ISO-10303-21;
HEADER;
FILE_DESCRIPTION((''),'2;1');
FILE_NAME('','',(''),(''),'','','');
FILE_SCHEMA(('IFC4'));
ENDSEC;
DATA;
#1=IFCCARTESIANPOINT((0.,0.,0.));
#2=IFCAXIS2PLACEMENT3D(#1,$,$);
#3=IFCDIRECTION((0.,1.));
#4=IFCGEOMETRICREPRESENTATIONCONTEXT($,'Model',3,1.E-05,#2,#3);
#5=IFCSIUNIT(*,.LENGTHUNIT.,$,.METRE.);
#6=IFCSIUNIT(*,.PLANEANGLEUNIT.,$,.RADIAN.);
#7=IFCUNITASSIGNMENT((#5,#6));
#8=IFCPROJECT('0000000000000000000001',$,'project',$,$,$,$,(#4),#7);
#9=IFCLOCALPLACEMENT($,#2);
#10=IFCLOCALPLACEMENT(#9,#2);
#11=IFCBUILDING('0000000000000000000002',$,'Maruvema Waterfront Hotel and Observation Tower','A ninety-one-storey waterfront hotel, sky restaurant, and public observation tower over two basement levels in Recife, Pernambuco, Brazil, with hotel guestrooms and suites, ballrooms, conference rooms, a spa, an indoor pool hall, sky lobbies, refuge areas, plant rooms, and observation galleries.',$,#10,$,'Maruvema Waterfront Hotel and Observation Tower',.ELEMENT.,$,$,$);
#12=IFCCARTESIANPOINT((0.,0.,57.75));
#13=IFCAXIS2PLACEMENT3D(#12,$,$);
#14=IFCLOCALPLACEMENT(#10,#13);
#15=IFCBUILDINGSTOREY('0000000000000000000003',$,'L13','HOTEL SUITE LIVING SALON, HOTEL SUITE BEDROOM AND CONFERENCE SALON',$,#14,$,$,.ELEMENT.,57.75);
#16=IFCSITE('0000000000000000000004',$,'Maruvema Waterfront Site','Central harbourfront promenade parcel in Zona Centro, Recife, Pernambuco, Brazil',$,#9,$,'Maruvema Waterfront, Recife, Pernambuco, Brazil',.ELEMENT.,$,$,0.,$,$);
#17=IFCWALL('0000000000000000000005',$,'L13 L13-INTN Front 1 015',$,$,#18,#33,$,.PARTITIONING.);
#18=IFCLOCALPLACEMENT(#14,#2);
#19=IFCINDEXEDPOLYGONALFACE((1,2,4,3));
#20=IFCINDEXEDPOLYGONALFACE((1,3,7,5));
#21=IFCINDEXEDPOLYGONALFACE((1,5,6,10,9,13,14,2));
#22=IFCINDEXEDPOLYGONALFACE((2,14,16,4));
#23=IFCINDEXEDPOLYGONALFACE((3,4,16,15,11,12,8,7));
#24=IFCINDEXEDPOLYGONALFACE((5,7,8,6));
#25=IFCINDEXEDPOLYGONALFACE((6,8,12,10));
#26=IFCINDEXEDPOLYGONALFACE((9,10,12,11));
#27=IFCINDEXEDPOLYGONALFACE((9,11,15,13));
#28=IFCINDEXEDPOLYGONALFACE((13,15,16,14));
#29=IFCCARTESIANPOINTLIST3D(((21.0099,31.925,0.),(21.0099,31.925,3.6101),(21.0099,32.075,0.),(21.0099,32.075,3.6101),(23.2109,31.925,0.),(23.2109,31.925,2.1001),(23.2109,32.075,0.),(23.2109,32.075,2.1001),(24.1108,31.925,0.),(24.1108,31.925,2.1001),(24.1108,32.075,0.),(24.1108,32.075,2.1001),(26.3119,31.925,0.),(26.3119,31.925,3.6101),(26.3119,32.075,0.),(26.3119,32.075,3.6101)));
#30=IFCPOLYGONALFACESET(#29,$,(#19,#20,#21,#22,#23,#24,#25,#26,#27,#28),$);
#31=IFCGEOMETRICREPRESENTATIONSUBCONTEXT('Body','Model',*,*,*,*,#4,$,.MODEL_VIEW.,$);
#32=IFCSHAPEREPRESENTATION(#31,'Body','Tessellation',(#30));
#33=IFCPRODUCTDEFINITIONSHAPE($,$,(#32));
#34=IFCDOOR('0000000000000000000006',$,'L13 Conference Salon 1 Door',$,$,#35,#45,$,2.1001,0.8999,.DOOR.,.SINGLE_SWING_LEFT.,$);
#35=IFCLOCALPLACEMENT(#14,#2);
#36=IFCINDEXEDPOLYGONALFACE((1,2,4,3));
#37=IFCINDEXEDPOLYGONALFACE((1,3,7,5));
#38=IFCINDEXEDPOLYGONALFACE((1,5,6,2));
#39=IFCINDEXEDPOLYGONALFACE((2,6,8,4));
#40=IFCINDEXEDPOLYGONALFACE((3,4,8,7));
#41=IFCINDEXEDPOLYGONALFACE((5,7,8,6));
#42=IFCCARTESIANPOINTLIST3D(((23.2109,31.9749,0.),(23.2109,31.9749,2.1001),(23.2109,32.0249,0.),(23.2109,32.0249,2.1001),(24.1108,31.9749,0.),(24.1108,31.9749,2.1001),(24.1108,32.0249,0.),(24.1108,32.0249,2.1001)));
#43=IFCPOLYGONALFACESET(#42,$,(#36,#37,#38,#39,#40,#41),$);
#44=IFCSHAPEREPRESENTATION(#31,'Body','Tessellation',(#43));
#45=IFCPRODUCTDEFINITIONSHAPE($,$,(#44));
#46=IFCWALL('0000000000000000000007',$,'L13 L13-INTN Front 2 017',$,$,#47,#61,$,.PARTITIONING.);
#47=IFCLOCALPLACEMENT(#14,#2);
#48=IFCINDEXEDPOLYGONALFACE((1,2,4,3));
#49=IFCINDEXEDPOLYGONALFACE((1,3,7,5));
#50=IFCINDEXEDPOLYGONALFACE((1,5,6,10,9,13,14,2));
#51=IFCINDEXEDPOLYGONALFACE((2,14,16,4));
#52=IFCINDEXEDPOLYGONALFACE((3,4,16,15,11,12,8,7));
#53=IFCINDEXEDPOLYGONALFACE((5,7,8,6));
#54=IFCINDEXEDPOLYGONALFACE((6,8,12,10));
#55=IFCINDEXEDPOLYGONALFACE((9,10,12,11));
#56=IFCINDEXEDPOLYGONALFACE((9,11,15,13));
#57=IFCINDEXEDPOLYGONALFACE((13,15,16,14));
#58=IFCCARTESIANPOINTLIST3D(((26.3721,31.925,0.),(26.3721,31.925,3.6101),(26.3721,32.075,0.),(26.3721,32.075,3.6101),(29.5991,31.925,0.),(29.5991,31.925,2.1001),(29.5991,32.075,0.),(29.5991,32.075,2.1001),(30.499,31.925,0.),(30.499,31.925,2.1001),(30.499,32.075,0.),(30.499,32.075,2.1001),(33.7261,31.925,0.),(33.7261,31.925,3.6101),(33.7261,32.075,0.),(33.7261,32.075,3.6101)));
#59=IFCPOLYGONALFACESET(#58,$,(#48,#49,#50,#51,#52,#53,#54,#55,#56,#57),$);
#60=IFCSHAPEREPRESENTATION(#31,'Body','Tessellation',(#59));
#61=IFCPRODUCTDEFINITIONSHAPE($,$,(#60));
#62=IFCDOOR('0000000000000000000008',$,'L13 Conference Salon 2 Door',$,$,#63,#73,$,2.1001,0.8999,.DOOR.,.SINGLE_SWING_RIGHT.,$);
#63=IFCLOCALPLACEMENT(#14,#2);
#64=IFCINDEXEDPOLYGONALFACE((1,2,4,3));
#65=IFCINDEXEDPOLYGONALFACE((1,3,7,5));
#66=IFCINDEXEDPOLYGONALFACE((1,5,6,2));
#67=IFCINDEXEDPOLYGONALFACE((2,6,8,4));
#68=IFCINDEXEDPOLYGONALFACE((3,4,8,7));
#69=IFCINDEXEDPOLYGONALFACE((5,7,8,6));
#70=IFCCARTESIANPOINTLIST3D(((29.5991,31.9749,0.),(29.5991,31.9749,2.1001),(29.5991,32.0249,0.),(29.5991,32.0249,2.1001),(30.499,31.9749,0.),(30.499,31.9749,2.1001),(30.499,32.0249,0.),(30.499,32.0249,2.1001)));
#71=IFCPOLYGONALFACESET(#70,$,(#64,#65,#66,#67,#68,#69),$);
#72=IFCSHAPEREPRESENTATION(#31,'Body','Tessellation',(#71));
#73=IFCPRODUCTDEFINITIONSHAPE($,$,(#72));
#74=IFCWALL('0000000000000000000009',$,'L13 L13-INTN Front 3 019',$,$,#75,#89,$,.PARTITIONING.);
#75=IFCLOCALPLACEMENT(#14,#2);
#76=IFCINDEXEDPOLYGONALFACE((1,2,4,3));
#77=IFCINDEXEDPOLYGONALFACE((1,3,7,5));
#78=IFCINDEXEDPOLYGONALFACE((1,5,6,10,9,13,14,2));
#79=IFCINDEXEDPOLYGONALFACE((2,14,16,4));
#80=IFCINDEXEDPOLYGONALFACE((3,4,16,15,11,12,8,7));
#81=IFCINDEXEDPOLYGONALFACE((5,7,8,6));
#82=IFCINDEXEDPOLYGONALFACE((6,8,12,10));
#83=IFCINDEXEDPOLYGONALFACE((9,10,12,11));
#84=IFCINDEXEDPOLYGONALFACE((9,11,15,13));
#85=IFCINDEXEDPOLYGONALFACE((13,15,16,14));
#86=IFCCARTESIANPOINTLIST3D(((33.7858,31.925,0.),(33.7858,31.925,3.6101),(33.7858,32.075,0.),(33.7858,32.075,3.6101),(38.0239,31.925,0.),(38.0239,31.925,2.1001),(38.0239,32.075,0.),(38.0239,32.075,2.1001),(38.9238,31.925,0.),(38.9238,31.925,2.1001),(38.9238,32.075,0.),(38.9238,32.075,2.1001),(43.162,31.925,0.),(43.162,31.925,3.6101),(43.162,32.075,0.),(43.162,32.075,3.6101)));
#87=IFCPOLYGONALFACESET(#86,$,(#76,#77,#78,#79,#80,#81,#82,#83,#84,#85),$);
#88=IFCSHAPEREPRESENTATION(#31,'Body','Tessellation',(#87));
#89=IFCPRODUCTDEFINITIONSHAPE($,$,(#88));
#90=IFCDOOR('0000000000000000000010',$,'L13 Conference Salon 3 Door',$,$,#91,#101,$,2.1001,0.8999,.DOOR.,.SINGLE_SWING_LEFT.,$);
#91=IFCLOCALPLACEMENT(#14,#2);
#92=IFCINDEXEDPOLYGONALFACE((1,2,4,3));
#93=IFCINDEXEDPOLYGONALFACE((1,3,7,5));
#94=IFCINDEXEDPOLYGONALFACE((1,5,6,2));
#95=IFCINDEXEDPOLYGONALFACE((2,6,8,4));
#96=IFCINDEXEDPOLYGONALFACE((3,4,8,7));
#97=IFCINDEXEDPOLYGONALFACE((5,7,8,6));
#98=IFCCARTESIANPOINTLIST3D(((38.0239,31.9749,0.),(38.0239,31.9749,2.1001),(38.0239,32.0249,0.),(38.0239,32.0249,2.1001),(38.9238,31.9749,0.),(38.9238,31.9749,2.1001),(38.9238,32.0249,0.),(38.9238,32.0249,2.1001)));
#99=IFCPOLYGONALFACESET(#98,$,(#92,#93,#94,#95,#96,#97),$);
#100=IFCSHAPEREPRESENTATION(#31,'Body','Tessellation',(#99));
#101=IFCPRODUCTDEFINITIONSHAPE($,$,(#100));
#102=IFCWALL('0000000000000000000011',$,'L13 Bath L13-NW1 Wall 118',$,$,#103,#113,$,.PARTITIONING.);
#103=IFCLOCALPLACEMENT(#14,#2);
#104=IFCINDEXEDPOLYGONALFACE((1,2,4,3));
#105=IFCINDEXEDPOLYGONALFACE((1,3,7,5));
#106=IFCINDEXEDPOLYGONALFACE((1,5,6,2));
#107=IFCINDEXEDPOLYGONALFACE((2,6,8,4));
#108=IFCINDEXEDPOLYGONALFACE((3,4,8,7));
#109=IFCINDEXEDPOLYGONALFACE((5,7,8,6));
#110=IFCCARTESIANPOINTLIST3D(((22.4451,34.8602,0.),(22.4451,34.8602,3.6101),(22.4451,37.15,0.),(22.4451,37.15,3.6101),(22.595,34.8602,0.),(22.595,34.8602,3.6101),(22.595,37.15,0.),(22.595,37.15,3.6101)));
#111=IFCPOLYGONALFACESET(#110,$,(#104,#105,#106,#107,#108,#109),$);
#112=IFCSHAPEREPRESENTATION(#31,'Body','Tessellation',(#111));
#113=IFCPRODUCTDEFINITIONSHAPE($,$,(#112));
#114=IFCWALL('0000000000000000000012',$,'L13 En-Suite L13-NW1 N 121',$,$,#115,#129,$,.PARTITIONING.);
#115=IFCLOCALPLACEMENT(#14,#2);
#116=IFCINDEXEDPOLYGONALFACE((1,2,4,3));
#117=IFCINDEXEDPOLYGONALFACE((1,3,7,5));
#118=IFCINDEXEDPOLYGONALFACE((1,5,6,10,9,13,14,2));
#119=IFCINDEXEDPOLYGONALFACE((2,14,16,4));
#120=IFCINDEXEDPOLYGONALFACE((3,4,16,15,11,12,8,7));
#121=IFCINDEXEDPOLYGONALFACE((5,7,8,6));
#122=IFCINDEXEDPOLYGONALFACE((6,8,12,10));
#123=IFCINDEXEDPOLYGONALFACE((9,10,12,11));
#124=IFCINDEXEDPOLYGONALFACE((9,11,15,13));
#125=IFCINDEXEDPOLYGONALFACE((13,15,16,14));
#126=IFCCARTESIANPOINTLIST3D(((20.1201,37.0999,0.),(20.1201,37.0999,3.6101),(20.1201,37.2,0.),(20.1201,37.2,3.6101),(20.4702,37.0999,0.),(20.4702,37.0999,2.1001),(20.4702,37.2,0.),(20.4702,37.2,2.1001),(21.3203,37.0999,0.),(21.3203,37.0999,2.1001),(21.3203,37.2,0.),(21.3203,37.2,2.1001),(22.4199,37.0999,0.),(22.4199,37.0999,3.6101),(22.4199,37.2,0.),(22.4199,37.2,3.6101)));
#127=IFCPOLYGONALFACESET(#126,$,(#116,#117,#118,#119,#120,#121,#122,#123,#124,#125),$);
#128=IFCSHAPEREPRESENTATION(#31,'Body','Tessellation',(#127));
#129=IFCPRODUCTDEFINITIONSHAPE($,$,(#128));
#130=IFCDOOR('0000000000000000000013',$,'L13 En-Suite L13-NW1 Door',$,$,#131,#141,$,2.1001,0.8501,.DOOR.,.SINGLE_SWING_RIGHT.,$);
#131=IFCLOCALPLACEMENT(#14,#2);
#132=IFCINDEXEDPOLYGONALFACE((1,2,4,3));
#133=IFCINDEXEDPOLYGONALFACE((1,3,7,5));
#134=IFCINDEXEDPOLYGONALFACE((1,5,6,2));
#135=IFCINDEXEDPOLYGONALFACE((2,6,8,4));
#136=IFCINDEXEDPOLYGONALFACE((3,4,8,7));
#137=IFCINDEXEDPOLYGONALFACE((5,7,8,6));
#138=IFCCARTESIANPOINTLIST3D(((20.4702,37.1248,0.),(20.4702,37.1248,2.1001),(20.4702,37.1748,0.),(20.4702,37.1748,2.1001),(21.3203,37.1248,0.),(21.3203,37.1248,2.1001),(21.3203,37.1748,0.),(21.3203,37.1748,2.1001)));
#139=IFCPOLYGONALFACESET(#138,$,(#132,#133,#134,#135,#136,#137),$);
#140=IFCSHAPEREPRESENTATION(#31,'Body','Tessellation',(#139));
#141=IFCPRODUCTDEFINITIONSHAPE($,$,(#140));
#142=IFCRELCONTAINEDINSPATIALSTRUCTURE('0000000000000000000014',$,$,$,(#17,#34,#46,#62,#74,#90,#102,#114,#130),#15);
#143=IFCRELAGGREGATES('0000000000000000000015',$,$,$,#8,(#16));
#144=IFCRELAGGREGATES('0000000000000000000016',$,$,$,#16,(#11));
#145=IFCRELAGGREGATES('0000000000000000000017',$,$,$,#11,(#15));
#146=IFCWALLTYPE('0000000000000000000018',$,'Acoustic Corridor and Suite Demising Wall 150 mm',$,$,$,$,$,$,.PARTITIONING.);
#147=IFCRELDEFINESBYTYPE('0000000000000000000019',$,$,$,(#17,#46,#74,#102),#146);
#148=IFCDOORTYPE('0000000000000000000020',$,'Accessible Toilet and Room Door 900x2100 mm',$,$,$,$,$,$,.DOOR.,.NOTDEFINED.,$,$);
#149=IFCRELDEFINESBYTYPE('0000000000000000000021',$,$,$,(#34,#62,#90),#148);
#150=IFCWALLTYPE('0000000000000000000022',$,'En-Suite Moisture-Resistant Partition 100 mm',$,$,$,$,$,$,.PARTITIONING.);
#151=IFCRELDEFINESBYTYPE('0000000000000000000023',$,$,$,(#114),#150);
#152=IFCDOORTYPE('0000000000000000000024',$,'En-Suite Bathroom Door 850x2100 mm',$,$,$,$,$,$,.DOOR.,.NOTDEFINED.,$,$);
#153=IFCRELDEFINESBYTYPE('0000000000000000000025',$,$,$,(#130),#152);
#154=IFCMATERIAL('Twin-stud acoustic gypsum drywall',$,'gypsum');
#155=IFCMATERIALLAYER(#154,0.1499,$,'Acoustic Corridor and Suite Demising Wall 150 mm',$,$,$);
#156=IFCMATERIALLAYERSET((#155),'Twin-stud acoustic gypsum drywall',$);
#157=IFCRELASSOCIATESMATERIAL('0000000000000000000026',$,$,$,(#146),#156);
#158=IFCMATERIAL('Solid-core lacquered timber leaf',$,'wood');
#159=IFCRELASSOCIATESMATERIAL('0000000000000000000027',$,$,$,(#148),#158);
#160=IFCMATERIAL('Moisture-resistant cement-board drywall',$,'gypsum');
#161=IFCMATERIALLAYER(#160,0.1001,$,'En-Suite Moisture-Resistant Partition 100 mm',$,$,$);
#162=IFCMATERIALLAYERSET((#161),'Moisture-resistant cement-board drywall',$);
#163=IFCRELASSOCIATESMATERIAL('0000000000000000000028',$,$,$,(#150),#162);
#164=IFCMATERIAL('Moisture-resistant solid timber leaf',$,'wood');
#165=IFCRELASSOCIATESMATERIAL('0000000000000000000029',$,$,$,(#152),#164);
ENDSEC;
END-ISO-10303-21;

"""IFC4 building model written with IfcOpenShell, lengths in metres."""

from ifc_helpers import new_model, si_unit, direction, frame, frame_2d, origin, place, context, subcontext, project, spatial, rectangle, extrude, material, layer, layer_set, type_object, element, fill, save


model = new_model("IFC4")

# Units and contexts
model_context = context("Model", 3, precision=1e-05, world=origin(), true_north=direction((0.0, 1.0)))
body_context = subcontext(model_context, "Body", "Model", "MODEL_VIEW")
ifc_project = project(units=[si_unit("LENGTHUNIT", "METRE"), si_unit("PLANEANGLEUNIT", "RADIAN")], contexts=[model_context])

# Site, building, storey
site_placement = place(None, origin())
site = spatial("IfcSite", under=ifc_project, at=site_placement, Name="Maruvema Waterfront Site", Description="Central harbourfront promenade parcel in Zona Centro, Recife, Pernambuco, Brazil", LongName="Maruvema Waterfront, Recife, Pernambuco, Brazil", CompositionType="ELEMENT", RefElevation=0.0)
building_placement = place(site_placement, origin())
building = spatial("IfcBuilding", under=site, at=building_placement, Name="Maruvema Waterfront Hotel and Observation Tower", Description="A ninety-one-storey waterfront hotel, sky restaurant, and public observation tower over two basement levels in Recife, Pernambuco, Brazil, with hotel guestrooms and suites, ballrooms, conference rooms, a spa, an indoor pool hall, sky lobbies, refuge areas, plant rooms, and observation galleries.", LongName="Maruvema Waterfront Hotel and Observation Tower", CompositionType="ELEMENT")
storey_placement = place(building_placement, frame((0.0, 0.0, 57.75)))
storey = spatial("IfcBuildingStorey", under=building, at=storey_placement, Name="L13", Description="HOTEL SUITE LIVING SALON, HOTEL SUITE BEDROOM AND CONFERENCE SALON", CompositionType="ELEMENT", Elevation=57.75)

# Walls, openings, doors
ifc_material_1 = material(Name="Twin-stud acoustic gypsum drywall", Category="gypsum")
ifc_layer_1 = layer(ifc_material_1, 0.1499, Name="Acoustic Corridor and Suite Demising Wall 150 mm")
ifc_layer_set_1 = layer_set([ifc_layer_1], Name="Twin-stud acoustic gypsum drywall")
wall_type_1 = type_object("IfcWallType", Name="Acoustic Corridor and Suite Demising Wall 150 mm", PredefinedType="PARTITIONING", material=ifc_layer_set_1)
wall_1_placement = place(storey_placement, frame((21.01, 32.0, 0.0), z_axis=(0.0, 0.0, 1.0), x_axis=(1.0, 0.0, 0.0)))
wall_1 = element("IfcWall", 1, at=wall_1_placement, inside=storey, type_object=wall_type_1, Name="L13 L13-INTN Front 1 015", PredefinedType="PARTITIONING", context=body_context, shape_type="SweptSolid", body=[
    extrude(rectangle(XDim=5.302, YDim=0.1499, at=frame_2d((2.6509, 0.0))), origin(), (0.0, 0.0, 1.0), 3.6101),
])
opening_1_placement = place(wall_1_placement, frame((2.2009, 0.0, 0.0)))
opening_1 = element("IfcOpeningElement", 2, at=opening_1_placement, cuts=wall_1, PredefinedType="OPENING", context=body_context, shape_type="SweptSolid", body=[
    extrude(rectangle(XDim=0.8999, YDim=2.1001, at=frame_2d((0.45, 1.05))), frame((0.0, 0.085, 0.0), z_axis=(0.0, -1.0, 0.0), x_axis=(1.0, 0.0, 0.0)), (0.0, 0.0, 1.0), 0.1699),
])
ifc_material_2 = material(Name="Solid-core lacquered timber leaf", Category="wood")
door_type_1 = type_object("IfcDoorType", Name="Accessible Toilet and Room Door 900x2100 mm", OperationType="NOTDEFINED", PredefinedType="DOOR", material=ifc_material_2)
door_1_placement = place(opening_1_placement, origin())
door_1 = element("IfcDoor", 3, at=door_1_placement, inside=storey, type_object=door_type_1, Name="L13 Conference Salon 1 Door", OperationType="SINGLE_SWING_LEFT", OverallHeight=2.1001, OverallWidth=0.8999, PredefinedType="DOOR", context=body_context, shape_type="SweptSolid", body=[
    extrude(rectangle(XDim=0.8999, YDim=2.1001, at=frame_2d((0.45, 1.05))), frame((0.0, 0.0249, 0.0), z_axis=(0.0, -1.0, 0.0), x_axis=(1.0, 0.0, 0.0)), (0.0, 0.0, 1.0), 0.05),
])
fill(opening_1, door_1)
wall_2_placement = place(storey_placement, frame((26.3721, 32.0, 0.0), z_axis=(0.0, 0.0, 1.0), x_axis=(1.0, 0.0, 0.0)))
wall_2 = element("IfcWall", 4, at=wall_2_placement, inside=storey, type_object=wall_type_1, Name="L13 L13-INTN Front 2 017", PredefinedType="PARTITIONING", context=body_context, shape_type="SweptSolid", body=[
    extrude(rectangle(XDim=7.354, YDim=0.1499, at=frame_2d((3.677, 0.0))), origin(), (0.0, 0.0, 1.0), 3.6101),
])
opening_2_placement = place(wall_2_placement, frame((3.2271, 0.0, 0.0)))
opening_2 = element("IfcOpeningElement", 5, at=opening_2_placement, cuts=wall_2, PredefinedType="OPENING", context=body_context, shape_type="SweptSolid", body=[
    extrude(rectangle(XDim=0.8999, YDim=2.1001, at=frame_2d((0.45, 1.05))), frame((0.0, 0.085, 0.0), z_axis=(0.0, -1.0, 0.0), x_axis=(1.0, 0.0, 0.0)), (0.0, 0.0, 1.0), 0.1699),
])
door_2_placement = place(opening_2_placement, origin())
door_2 = element("IfcDoor", 6, at=door_2_placement, inside=storey, type_object=door_type_1, Name="L13 Conference Salon 2 Door", OperationType="SINGLE_SWING_RIGHT", OverallHeight=2.1001, OverallWidth=0.8999, PredefinedType="DOOR", context=body_context, shape_type="SweptSolid", body=[
    extrude(rectangle(XDim=0.8999, YDim=2.1001, at=frame_2d((0.45, 1.05))), frame((0.0, 0.0249, 0.0), z_axis=(0.0, -1.0, 0.0), x_axis=(1.0, 0.0, 0.0)), (0.0, 0.0, 1.0), 0.05),
])
fill(opening_2, door_2)
wall_3_placement = place(storey_placement, frame((33.7859, 32.0, 0.0), z_axis=(0.0, 0.0, 1.0), x_axis=(1.0, 0.0, 0.0)))
wall_3 = element("IfcWall", 7, at=wall_3_placement, inside=storey, type_object=wall_type_1, Name="L13 L13-INTN Front 3 019", PredefinedType="PARTITIONING", context=body_context, shape_type="SweptSolid", body=[
    extrude(rectangle(XDim=9.3762, YDim=0.1499, at=frame_2d((4.688, 0.0))), origin(), (0.0, 0.0, 1.0), 3.6101),
])
opening_3_placement = place(wall_3_placement, frame((4.238, 0.0, 0.0)))
opening_3 = element("IfcOpeningElement", 8, at=opening_3_placement, cuts=wall_3, PredefinedType="OPENING", context=body_context, shape_type="SweptSolid", body=[
    extrude(rectangle(XDim=0.8999, YDim=2.1001, at=frame_2d((0.45, 1.05))), frame((0.0, 0.085, 0.0), z_axis=(0.0, -1.0, 0.0), x_axis=(1.0, 0.0, 0.0)), (0.0, 0.0, 1.0), 0.1699),
])
door_3_placement = place(opening_3_placement, origin())
door_3 = element("IfcDoor", 9, at=door_3_placement, inside=storey, type_object=door_type_1, Name="L13 Conference Salon 3 Door", OperationType="SINGLE_SWING_LEFT", OverallHeight=2.1001, OverallWidth=0.8999, PredefinedType="DOOR", context=body_context, shape_type="SweptSolid", body=[
    extrude(rectangle(XDim=0.8999, YDim=2.1001, at=frame_2d((0.45, 1.05))), frame((0.0, 0.0249, 0.0), z_axis=(0.0, -1.0, 0.0), x_axis=(1.0, 0.0, 0.0)), (0.0, 0.0, 1.0), 0.05),
])
fill(opening_3, door_3)

# Wall
wall_4_placement = place(storey_placement, frame((22.52, 34.8601, 0.0), z_axis=(0.0, 0.0, 1.0), x_axis=(0.0, 1.0, 0.0)))
element("IfcWall", 10, at=wall_4_placement, inside=storey, type_object=wall_type_1, Name="L13 Bath L13-NW1 Wall 118", PredefinedType="PARTITIONING", context=body_context, shape_type="SweptSolid", body=[
    extrude(rectangle(XDim=2.2898, YDim=0.1499, at=frame_2d((1.145, 0.0))), origin(), (0.0, 0.0, 1.0), 3.6101),
])

# Wall, opening, door
ifc_material_3 = material(Name="Moisture-resistant cement-board drywall", Category="gypsum")
ifc_layer_2 = layer(ifc_material_3, 0.1001, Name="En-Suite Moisture-Resistant Partition 100 mm")
ifc_layer_set_2 = layer_set([ifc_layer_2], Name="Moisture-resistant cement-board drywall")
wall_type_2 = type_object("IfcWallType", Name="En-Suite Moisture-Resistant Partition 100 mm", PredefinedType="PARTITIONING", material=ifc_layer_set_2)
wall_5_placement = place(storey_placement, frame((20.1201, 37.1499, 0.0), z_axis=(0.0, 0.0, 1.0), x_axis=(1.0, 0.0, 0.0)))
wall_5 = element("IfcWall", 11, at=wall_5_placement, inside=storey, type_object=wall_type_2, Name="L13 En-Suite L13-NW1 N 121", PredefinedType="PARTITIONING", context=body_context, shape_type="SweptSolid", body=[
    extrude(rectangle(XDim=2.2998, YDim=0.1001, at=frame_2d((1.1499, 0.0))), origin(), (0.0, 0.0, 1.0), 3.6101),
])
opening_4_placement = place(wall_5_placement, frame((0.3501, 0.0, 0.0)))
opening_4 = element("IfcOpeningElement", 12, at=opening_4_placement, cuts=wall_5, PredefinedType="OPENING", context=body_context, shape_type="SweptSolid", body=[
    extrude(rectangle(XDim=0.8501, YDim=2.1001, at=frame_2d((0.425, 1.05))), frame((0.0, 0.0601, 0.0), z_axis=(0.0, -1.0, 0.0), x_axis=(1.0, 0.0, 0.0)), (0.0, 0.0, 1.0), 0.1201),
])
ifc_material_4 = material(Name="Moisture-resistant solid timber leaf", Category="wood")
door_type_2 = type_object("IfcDoorType", Name="En-Suite Bathroom Door 850x2100 mm", OperationType="NOTDEFINED", PredefinedType="DOOR", material=ifc_material_4)
door_4_placement = place(opening_4_placement, origin())
door_4 = element("IfcDoor", 13, at=door_4_placement, inside=storey, type_object=door_type_2, Name="L13 En-Suite L13-NW1 Door", OperationType="SINGLE_SWING_RIGHT", OverallHeight=2.1001, OverallWidth=0.8501, PredefinedType="DOOR", context=body_context, shape_type="SweptSolid", body=[
    extrude(rectangle(XDim=0.8501, YDim=2.1001, at=frame_2d((0.425, 1.05))), frame((0.0, 0.0249, 0.0), z_axis=(0.0, -1.0, 0.0), x_axis=(1.0, 0.0, 0.0)), (0.0, 0.0, 1.0), 0.05),
])
fill(opening_4, door_4)

save(model, "model.ifc")
